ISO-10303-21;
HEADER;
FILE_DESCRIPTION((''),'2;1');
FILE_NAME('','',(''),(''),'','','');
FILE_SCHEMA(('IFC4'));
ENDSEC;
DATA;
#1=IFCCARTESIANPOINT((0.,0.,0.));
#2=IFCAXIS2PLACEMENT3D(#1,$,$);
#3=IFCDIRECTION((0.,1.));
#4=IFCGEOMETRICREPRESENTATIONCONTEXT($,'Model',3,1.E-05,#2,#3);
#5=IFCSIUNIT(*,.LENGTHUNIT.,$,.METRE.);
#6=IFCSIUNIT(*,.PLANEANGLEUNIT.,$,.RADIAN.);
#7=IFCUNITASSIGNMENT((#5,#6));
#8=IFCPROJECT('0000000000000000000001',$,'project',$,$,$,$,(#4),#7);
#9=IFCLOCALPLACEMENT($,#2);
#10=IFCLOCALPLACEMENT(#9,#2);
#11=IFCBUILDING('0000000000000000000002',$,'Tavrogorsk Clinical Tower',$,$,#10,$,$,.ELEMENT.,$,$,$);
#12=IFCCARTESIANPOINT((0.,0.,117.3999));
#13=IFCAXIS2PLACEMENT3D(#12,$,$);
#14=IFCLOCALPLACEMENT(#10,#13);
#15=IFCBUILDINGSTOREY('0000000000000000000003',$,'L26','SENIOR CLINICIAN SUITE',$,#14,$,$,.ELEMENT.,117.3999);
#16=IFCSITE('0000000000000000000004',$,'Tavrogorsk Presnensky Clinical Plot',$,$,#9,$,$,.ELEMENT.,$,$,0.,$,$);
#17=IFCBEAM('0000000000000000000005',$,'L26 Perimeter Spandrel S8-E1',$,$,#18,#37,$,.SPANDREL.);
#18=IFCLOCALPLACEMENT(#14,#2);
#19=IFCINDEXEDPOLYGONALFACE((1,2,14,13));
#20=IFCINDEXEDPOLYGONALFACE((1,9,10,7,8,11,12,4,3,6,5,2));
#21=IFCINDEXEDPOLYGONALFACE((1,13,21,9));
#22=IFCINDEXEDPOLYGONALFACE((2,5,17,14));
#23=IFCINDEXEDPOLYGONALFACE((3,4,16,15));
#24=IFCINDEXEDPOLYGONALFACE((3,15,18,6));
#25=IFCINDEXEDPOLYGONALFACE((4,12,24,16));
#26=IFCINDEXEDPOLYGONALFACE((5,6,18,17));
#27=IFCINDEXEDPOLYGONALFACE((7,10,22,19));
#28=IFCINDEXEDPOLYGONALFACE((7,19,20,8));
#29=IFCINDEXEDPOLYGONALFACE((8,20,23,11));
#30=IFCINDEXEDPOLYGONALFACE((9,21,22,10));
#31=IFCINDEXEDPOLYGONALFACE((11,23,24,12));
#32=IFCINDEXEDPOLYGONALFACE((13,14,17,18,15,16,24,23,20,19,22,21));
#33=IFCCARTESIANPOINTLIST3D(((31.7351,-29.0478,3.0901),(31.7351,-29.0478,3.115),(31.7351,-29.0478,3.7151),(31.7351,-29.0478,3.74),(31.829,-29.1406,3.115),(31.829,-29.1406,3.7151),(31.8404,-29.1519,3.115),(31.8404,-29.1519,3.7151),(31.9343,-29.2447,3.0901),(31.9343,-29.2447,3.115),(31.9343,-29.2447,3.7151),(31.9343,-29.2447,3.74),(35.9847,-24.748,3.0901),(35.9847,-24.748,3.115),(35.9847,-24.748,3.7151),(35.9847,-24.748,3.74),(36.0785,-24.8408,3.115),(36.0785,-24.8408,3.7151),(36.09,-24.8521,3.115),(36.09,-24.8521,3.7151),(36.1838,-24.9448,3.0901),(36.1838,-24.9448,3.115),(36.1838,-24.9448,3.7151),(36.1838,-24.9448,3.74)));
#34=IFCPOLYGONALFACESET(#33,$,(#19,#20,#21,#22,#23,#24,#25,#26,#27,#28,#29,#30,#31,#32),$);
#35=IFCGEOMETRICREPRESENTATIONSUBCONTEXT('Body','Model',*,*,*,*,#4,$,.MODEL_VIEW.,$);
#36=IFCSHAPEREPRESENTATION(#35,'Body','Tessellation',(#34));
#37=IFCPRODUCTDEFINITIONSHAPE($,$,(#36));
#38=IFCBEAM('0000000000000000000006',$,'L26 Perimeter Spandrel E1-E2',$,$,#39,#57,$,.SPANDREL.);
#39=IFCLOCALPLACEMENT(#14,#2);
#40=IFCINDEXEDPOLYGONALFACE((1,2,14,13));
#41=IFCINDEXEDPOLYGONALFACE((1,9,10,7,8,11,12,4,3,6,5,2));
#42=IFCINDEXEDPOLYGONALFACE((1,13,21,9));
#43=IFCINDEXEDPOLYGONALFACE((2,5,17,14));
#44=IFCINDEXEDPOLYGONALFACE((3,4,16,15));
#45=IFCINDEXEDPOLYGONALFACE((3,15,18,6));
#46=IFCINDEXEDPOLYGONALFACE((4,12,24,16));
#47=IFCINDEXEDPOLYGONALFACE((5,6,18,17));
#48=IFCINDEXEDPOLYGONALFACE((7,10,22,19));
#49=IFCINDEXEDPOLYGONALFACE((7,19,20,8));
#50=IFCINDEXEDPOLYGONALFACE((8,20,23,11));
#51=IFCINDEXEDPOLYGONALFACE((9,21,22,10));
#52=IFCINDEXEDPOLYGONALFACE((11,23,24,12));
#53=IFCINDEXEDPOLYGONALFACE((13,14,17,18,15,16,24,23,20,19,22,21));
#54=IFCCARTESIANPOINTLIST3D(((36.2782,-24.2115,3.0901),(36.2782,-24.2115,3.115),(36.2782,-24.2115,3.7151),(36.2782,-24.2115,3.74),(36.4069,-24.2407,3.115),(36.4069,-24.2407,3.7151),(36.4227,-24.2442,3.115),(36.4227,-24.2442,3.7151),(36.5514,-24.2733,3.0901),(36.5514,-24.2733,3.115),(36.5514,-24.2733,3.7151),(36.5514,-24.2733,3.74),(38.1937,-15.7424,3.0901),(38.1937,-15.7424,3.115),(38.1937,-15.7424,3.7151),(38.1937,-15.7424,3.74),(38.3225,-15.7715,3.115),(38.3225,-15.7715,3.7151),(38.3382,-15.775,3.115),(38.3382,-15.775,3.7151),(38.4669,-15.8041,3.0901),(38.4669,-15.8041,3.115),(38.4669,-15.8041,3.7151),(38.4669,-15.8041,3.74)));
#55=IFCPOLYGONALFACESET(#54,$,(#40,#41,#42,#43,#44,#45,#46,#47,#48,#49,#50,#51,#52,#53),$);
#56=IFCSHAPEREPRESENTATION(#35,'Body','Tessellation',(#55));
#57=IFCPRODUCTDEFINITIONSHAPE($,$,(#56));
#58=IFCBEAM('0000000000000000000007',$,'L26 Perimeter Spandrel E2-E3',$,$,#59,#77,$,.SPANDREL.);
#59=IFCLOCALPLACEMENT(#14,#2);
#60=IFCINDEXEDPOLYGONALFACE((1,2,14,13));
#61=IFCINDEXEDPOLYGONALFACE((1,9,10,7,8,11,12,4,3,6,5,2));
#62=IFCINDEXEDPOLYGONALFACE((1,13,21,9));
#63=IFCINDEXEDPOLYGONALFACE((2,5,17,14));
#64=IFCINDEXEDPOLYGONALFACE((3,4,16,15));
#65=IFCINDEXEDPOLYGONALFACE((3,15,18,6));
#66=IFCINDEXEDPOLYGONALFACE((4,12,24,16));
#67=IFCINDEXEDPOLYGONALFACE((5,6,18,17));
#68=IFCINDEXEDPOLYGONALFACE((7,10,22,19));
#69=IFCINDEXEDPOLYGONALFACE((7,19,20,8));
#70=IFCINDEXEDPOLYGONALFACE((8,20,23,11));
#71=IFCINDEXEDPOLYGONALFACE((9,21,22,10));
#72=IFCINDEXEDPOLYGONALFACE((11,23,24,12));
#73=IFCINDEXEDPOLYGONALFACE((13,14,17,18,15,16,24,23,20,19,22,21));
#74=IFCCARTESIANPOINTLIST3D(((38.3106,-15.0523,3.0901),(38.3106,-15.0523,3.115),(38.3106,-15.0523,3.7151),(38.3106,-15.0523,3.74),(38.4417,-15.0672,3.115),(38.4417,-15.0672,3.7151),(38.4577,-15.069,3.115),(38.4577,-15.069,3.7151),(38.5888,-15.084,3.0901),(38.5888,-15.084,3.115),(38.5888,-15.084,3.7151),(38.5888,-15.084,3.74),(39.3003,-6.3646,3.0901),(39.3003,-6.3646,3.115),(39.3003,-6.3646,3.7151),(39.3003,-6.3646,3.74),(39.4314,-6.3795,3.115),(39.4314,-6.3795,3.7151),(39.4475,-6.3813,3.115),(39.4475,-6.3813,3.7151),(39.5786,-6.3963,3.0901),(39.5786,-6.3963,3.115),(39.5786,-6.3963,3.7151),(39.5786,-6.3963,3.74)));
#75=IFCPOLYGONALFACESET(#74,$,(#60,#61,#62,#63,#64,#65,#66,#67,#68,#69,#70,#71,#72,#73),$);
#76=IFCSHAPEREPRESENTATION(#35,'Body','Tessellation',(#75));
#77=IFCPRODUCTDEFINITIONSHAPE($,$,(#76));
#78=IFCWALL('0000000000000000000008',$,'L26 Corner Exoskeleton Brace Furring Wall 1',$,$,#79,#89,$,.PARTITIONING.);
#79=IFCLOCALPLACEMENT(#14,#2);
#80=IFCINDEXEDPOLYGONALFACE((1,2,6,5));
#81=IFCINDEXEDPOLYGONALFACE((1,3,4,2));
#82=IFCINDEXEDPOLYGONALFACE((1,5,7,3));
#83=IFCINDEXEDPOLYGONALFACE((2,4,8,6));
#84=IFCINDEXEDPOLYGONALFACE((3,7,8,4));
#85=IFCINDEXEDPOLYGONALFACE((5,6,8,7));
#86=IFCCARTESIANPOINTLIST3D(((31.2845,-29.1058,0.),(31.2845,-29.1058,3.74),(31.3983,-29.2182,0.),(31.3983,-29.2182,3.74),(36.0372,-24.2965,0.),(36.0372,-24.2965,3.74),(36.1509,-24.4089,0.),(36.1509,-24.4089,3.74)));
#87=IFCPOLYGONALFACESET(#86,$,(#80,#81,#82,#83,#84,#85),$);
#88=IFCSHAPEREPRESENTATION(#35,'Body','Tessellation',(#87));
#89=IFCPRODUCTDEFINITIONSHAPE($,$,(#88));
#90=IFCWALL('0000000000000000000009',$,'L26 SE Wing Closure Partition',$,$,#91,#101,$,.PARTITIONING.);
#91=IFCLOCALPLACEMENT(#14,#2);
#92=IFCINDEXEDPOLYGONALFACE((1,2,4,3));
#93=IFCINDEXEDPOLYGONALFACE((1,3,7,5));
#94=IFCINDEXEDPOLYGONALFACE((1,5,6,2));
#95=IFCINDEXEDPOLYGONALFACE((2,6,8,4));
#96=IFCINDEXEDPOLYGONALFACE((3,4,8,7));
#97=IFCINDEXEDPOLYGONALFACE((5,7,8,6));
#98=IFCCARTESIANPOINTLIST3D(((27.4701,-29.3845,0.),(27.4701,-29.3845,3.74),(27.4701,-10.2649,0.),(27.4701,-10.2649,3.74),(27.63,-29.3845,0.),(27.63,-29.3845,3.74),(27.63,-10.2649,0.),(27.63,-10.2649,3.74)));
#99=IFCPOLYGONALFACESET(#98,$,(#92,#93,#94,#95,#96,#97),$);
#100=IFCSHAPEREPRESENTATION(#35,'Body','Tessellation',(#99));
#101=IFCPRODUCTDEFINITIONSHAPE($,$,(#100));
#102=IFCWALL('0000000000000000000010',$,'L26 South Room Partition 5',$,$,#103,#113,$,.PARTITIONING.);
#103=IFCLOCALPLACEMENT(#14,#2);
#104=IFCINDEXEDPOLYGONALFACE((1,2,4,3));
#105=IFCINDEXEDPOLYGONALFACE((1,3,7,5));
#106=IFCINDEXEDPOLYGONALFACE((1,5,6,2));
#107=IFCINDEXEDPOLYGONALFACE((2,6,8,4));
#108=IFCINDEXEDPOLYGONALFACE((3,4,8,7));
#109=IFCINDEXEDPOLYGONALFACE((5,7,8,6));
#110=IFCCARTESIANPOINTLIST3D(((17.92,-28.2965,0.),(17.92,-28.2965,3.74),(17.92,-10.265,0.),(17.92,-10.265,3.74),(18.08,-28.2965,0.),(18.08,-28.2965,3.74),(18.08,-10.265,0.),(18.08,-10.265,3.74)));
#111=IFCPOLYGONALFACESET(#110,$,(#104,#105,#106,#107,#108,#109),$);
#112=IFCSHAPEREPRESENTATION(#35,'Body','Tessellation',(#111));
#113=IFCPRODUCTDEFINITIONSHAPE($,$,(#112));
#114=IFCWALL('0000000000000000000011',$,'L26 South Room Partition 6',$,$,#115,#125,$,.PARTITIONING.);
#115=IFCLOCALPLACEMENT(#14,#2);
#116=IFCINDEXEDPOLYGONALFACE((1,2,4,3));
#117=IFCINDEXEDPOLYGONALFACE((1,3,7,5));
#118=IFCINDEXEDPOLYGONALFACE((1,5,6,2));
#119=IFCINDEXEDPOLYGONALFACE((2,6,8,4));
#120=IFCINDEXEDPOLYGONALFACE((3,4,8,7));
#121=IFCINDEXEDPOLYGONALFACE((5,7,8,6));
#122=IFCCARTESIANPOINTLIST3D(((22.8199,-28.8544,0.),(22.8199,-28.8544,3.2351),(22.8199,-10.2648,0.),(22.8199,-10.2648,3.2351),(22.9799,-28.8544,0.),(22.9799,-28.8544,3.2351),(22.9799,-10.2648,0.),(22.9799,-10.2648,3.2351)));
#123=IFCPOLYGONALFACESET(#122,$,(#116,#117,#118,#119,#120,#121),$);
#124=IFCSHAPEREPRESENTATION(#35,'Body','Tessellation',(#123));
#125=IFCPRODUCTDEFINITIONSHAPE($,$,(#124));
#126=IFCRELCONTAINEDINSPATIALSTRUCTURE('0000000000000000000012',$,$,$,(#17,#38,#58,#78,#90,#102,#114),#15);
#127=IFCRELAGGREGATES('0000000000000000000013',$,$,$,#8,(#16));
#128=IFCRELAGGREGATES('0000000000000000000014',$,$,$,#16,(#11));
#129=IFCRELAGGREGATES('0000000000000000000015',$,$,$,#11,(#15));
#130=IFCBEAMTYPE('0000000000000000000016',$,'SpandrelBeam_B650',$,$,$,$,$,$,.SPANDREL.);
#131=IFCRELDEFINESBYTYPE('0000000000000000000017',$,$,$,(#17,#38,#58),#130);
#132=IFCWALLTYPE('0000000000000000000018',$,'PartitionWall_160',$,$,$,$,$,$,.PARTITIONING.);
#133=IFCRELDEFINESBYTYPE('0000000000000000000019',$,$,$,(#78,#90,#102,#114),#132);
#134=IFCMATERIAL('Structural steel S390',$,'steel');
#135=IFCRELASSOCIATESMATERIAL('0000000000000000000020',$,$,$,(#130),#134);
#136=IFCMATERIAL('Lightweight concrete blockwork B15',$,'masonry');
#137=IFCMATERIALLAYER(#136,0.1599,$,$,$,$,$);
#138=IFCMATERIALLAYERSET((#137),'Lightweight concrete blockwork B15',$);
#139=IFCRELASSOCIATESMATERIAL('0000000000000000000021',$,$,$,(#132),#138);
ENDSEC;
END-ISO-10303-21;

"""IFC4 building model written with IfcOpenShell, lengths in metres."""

from ifc_helpers import new_model, si_unit, direction, frame, frame_2d, origin, origin_2d, place, context, subcontext, project, spatial, rectangle, i_section, extrude, material, layer, layer_set, material_profile, profile_set, type_object, element, save


model = new_model("IFC4")

# Units and contexts
model_context = context("Model", 3, precision=1e-05, world=origin(), true_north=direction((0.0, 1.0)))
body_context = subcontext(model_context, "Body", "Model", "MODEL_VIEW")
ifc_project = project(units=[si_unit("LENGTHUNIT", "METRE"), si_unit("PLANEANGLEUNIT", "RADIAN")], contexts=[model_context])

# Site, building, storey
site_placement = place(None, origin())
site = spatial("IfcSite", under=ifc_project, at=site_placement, Name="Tavrogorsk Presnensky Clinical Plot", CompositionType="ELEMENT", RefElevation=0.0)
building_placement = place(site_placement, origin())
building = spatial("IfcBuilding", under=site, at=building_placement, Name="Tavrogorsk Clinical Tower", CompositionType="ELEMENT")
storey_placement = place(building_placement, frame((0.0, 0.0, 117.3999)))
storey = spatial("IfcBuildingStorey", under=building, at=storey_placement, Name="L26", Description="SENIOR CLINICIAN SUITE", CompositionType="ELEMENT", Elevation=117.3999)

# Beams
ifc_material_1 = material(Name="Structural steel S390", Category="steel")
ifc_material_profile_1 = material_profile(ifc_material_1, i_section(OverallWidth=0.28, OverallDepth=0.6499, WebThickness=0.0161, FlangeThickness=0.0249, at=origin_2d()), Name="B-650x280x16x25")
ifc_profile_set_1 = profile_set([ifc_material_profile_1], Name="Structural steel S390")
beam_type_1 = type_object("IfcBeamType", Name="SpandrelBeam_B650", PredefinedType="SPANDREL", material=ifc_profile_set_1)
beam_1_placement = place(storey_placement, frame((31.8347, -29.1462, 3.415), z_axis=(0.702935, 0.711254, 0.0), x_axis=(-0.711254, 0.702935, 0.0)))
element("IfcBeam", 1, at=beam_1_placement, inside=storey, type_object=beam_type_1, Name="L26 Perimeter Spandrel S8-E1", PredefinedType="SPANDREL", context=body_context, shape_type="SweptSolid", body=[
    extrude(i_section(OverallWidth=0.28, OverallDepth=0.6499, WebThickness=0.0161, FlangeThickness=0.0249, at=origin_2d()), origin(), (0.0, 0.0, 1.0), 6.0454),
])
beam_2_placement = place(storey_placement, frame((36.4148, -24.2424, 3.415), z_axis=(0.220603, 0.975364, 0.0), x_axis=(-0.975364, 0.220603, 0.0)))
element("IfcBeam", 2, at=beam_2_placement, inside=storey, type_object=beam_type_1, Name="L26 Perimeter Spandrel E1-E2", PredefinedType="SPANDREL", context=body_context, shape_type="SweptSolid", body=[
    extrude(i_section(OverallWidth=0.28, OverallDepth=0.6499, WebThickness=0.0161, FlangeThickness=0.0249, at=origin_2d()), origin(), (0.0, 0.0, 1.0), 8.6831),
])
beam_3_placement = place(storey_placement, frame((38.4497, -15.0681, 3.415), z_axis=(0.113192, 0.993573, 0.0), x_axis=(-0.993573, 0.113192, 0.0)))
element("IfcBeam", 3, at=beam_3_placement, inside=storey, type_object=beam_type_1, Name="L26 Perimeter Spandrel E2-E3", PredefinedType="SPANDREL", context=body_context, shape_type="SweptSolid", body=[
    extrude(i_section(OverallWidth=0.28, OverallDepth=0.6499, WebThickness=0.0161, FlangeThickness=0.0249, at=origin_2d()), origin(), (0.0, 0.0, 1.0), 8.7439),
])

# Walls
ifc_material_2 = material(Name="Lightweight concrete blockwork B15", Category="masonry")
ifc_layer_1 = layer(ifc_material_2, 0.1599)
ifc_layer_set_1 = layer_set([ifc_layer_1], Name="Lightweight concrete blockwork B15")
wall_type_1 = type_object("IfcWallType", Name="PartitionWall_160", PredefinedType="PARTITIONING", material=ifc_layer_set_1)
wall_1_placement = place(storey_placement, frame((31.3413, -29.1621, 0.0), z_axis=(0.0, 0.0, 1.0), x_axis=(0.702906, 0.711283, 0.0)))
element("IfcWall", 4, at=wall_1_placement, inside=storey, type_object=wall_type_1, Name="L26 Corner Exoskeleton Brace Furring Wall 1", PredefinedType="PARTITIONING", context=body_context, shape_type="SweptSolid", body=[
    extrude(rectangle(XDim=6.7615, YDim=0.1599, at=frame_2d((3.3809, 0.0))), origin(), (0.0, 0.0, 1.0), 3.74),
])
wall_2_placement = place(storey_placement, frame((27.55, -29.3845, 0.0), z_axis=(0.0, 0.0, 1.0), x_axis=(0.0, 1.0, 0.0)))
element("IfcWall", 5, at=wall_2_placement, inside=storey, type_object=wall_type_1, Name="L26 SE Wing Closure Partition", PredefinedType="PARTITIONING", context=body_context, shape_type="SweptSolid", body=[
    extrude(rectangle(XDim=19.1196, YDim=0.1599, at=frame_2d((9.5598, 0.0))), origin(), (0.0, 0.0, 1.0), 3.74),
])
wall_3_placement = place(storey_placement, frame((18.0, -28.2964, 0.0), z_axis=(0.0, 0.0, 1.0), x_axis=(0.0, 1.0, 0.0)))
element("IfcWall", 6, at=wall_3_placement, inside=storey, type_object=wall_type_1, Name="L26 South Room Partition 5", PredefinedType="PARTITIONING", context=body_context, shape_type="SweptSolid", body=[
    extrude(rectangle(XDim=18.0315, YDim=0.1599, at=frame_2d((9.0156, 0.0))), origin(), (0.0, 0.0, 1.0), 3.74),
])
wall_4_placement = place(storey_placement, frame((22.8999, -28.8545, 0.0), z_axis=(0.0, 0.0, 1.0), x_axis=(0.0, 1.0, 0.0)))
element("IfcWall", 7, at=wall_4_placement, inside=storey, type_object=wall_type_1, Name="L26 South Room Partition 6", PredefinedType="PARTITIONING", context=body_context, shape_type="SweptSolid", body=[
    extrude(rectangle(XDim=18.5896, YDim=0.1599, at=frame_2d((9.2949, 0.0))), origin(), (0.0, 0.0, 1.0), 3.2351),
])

save(model, "model.ifc")
